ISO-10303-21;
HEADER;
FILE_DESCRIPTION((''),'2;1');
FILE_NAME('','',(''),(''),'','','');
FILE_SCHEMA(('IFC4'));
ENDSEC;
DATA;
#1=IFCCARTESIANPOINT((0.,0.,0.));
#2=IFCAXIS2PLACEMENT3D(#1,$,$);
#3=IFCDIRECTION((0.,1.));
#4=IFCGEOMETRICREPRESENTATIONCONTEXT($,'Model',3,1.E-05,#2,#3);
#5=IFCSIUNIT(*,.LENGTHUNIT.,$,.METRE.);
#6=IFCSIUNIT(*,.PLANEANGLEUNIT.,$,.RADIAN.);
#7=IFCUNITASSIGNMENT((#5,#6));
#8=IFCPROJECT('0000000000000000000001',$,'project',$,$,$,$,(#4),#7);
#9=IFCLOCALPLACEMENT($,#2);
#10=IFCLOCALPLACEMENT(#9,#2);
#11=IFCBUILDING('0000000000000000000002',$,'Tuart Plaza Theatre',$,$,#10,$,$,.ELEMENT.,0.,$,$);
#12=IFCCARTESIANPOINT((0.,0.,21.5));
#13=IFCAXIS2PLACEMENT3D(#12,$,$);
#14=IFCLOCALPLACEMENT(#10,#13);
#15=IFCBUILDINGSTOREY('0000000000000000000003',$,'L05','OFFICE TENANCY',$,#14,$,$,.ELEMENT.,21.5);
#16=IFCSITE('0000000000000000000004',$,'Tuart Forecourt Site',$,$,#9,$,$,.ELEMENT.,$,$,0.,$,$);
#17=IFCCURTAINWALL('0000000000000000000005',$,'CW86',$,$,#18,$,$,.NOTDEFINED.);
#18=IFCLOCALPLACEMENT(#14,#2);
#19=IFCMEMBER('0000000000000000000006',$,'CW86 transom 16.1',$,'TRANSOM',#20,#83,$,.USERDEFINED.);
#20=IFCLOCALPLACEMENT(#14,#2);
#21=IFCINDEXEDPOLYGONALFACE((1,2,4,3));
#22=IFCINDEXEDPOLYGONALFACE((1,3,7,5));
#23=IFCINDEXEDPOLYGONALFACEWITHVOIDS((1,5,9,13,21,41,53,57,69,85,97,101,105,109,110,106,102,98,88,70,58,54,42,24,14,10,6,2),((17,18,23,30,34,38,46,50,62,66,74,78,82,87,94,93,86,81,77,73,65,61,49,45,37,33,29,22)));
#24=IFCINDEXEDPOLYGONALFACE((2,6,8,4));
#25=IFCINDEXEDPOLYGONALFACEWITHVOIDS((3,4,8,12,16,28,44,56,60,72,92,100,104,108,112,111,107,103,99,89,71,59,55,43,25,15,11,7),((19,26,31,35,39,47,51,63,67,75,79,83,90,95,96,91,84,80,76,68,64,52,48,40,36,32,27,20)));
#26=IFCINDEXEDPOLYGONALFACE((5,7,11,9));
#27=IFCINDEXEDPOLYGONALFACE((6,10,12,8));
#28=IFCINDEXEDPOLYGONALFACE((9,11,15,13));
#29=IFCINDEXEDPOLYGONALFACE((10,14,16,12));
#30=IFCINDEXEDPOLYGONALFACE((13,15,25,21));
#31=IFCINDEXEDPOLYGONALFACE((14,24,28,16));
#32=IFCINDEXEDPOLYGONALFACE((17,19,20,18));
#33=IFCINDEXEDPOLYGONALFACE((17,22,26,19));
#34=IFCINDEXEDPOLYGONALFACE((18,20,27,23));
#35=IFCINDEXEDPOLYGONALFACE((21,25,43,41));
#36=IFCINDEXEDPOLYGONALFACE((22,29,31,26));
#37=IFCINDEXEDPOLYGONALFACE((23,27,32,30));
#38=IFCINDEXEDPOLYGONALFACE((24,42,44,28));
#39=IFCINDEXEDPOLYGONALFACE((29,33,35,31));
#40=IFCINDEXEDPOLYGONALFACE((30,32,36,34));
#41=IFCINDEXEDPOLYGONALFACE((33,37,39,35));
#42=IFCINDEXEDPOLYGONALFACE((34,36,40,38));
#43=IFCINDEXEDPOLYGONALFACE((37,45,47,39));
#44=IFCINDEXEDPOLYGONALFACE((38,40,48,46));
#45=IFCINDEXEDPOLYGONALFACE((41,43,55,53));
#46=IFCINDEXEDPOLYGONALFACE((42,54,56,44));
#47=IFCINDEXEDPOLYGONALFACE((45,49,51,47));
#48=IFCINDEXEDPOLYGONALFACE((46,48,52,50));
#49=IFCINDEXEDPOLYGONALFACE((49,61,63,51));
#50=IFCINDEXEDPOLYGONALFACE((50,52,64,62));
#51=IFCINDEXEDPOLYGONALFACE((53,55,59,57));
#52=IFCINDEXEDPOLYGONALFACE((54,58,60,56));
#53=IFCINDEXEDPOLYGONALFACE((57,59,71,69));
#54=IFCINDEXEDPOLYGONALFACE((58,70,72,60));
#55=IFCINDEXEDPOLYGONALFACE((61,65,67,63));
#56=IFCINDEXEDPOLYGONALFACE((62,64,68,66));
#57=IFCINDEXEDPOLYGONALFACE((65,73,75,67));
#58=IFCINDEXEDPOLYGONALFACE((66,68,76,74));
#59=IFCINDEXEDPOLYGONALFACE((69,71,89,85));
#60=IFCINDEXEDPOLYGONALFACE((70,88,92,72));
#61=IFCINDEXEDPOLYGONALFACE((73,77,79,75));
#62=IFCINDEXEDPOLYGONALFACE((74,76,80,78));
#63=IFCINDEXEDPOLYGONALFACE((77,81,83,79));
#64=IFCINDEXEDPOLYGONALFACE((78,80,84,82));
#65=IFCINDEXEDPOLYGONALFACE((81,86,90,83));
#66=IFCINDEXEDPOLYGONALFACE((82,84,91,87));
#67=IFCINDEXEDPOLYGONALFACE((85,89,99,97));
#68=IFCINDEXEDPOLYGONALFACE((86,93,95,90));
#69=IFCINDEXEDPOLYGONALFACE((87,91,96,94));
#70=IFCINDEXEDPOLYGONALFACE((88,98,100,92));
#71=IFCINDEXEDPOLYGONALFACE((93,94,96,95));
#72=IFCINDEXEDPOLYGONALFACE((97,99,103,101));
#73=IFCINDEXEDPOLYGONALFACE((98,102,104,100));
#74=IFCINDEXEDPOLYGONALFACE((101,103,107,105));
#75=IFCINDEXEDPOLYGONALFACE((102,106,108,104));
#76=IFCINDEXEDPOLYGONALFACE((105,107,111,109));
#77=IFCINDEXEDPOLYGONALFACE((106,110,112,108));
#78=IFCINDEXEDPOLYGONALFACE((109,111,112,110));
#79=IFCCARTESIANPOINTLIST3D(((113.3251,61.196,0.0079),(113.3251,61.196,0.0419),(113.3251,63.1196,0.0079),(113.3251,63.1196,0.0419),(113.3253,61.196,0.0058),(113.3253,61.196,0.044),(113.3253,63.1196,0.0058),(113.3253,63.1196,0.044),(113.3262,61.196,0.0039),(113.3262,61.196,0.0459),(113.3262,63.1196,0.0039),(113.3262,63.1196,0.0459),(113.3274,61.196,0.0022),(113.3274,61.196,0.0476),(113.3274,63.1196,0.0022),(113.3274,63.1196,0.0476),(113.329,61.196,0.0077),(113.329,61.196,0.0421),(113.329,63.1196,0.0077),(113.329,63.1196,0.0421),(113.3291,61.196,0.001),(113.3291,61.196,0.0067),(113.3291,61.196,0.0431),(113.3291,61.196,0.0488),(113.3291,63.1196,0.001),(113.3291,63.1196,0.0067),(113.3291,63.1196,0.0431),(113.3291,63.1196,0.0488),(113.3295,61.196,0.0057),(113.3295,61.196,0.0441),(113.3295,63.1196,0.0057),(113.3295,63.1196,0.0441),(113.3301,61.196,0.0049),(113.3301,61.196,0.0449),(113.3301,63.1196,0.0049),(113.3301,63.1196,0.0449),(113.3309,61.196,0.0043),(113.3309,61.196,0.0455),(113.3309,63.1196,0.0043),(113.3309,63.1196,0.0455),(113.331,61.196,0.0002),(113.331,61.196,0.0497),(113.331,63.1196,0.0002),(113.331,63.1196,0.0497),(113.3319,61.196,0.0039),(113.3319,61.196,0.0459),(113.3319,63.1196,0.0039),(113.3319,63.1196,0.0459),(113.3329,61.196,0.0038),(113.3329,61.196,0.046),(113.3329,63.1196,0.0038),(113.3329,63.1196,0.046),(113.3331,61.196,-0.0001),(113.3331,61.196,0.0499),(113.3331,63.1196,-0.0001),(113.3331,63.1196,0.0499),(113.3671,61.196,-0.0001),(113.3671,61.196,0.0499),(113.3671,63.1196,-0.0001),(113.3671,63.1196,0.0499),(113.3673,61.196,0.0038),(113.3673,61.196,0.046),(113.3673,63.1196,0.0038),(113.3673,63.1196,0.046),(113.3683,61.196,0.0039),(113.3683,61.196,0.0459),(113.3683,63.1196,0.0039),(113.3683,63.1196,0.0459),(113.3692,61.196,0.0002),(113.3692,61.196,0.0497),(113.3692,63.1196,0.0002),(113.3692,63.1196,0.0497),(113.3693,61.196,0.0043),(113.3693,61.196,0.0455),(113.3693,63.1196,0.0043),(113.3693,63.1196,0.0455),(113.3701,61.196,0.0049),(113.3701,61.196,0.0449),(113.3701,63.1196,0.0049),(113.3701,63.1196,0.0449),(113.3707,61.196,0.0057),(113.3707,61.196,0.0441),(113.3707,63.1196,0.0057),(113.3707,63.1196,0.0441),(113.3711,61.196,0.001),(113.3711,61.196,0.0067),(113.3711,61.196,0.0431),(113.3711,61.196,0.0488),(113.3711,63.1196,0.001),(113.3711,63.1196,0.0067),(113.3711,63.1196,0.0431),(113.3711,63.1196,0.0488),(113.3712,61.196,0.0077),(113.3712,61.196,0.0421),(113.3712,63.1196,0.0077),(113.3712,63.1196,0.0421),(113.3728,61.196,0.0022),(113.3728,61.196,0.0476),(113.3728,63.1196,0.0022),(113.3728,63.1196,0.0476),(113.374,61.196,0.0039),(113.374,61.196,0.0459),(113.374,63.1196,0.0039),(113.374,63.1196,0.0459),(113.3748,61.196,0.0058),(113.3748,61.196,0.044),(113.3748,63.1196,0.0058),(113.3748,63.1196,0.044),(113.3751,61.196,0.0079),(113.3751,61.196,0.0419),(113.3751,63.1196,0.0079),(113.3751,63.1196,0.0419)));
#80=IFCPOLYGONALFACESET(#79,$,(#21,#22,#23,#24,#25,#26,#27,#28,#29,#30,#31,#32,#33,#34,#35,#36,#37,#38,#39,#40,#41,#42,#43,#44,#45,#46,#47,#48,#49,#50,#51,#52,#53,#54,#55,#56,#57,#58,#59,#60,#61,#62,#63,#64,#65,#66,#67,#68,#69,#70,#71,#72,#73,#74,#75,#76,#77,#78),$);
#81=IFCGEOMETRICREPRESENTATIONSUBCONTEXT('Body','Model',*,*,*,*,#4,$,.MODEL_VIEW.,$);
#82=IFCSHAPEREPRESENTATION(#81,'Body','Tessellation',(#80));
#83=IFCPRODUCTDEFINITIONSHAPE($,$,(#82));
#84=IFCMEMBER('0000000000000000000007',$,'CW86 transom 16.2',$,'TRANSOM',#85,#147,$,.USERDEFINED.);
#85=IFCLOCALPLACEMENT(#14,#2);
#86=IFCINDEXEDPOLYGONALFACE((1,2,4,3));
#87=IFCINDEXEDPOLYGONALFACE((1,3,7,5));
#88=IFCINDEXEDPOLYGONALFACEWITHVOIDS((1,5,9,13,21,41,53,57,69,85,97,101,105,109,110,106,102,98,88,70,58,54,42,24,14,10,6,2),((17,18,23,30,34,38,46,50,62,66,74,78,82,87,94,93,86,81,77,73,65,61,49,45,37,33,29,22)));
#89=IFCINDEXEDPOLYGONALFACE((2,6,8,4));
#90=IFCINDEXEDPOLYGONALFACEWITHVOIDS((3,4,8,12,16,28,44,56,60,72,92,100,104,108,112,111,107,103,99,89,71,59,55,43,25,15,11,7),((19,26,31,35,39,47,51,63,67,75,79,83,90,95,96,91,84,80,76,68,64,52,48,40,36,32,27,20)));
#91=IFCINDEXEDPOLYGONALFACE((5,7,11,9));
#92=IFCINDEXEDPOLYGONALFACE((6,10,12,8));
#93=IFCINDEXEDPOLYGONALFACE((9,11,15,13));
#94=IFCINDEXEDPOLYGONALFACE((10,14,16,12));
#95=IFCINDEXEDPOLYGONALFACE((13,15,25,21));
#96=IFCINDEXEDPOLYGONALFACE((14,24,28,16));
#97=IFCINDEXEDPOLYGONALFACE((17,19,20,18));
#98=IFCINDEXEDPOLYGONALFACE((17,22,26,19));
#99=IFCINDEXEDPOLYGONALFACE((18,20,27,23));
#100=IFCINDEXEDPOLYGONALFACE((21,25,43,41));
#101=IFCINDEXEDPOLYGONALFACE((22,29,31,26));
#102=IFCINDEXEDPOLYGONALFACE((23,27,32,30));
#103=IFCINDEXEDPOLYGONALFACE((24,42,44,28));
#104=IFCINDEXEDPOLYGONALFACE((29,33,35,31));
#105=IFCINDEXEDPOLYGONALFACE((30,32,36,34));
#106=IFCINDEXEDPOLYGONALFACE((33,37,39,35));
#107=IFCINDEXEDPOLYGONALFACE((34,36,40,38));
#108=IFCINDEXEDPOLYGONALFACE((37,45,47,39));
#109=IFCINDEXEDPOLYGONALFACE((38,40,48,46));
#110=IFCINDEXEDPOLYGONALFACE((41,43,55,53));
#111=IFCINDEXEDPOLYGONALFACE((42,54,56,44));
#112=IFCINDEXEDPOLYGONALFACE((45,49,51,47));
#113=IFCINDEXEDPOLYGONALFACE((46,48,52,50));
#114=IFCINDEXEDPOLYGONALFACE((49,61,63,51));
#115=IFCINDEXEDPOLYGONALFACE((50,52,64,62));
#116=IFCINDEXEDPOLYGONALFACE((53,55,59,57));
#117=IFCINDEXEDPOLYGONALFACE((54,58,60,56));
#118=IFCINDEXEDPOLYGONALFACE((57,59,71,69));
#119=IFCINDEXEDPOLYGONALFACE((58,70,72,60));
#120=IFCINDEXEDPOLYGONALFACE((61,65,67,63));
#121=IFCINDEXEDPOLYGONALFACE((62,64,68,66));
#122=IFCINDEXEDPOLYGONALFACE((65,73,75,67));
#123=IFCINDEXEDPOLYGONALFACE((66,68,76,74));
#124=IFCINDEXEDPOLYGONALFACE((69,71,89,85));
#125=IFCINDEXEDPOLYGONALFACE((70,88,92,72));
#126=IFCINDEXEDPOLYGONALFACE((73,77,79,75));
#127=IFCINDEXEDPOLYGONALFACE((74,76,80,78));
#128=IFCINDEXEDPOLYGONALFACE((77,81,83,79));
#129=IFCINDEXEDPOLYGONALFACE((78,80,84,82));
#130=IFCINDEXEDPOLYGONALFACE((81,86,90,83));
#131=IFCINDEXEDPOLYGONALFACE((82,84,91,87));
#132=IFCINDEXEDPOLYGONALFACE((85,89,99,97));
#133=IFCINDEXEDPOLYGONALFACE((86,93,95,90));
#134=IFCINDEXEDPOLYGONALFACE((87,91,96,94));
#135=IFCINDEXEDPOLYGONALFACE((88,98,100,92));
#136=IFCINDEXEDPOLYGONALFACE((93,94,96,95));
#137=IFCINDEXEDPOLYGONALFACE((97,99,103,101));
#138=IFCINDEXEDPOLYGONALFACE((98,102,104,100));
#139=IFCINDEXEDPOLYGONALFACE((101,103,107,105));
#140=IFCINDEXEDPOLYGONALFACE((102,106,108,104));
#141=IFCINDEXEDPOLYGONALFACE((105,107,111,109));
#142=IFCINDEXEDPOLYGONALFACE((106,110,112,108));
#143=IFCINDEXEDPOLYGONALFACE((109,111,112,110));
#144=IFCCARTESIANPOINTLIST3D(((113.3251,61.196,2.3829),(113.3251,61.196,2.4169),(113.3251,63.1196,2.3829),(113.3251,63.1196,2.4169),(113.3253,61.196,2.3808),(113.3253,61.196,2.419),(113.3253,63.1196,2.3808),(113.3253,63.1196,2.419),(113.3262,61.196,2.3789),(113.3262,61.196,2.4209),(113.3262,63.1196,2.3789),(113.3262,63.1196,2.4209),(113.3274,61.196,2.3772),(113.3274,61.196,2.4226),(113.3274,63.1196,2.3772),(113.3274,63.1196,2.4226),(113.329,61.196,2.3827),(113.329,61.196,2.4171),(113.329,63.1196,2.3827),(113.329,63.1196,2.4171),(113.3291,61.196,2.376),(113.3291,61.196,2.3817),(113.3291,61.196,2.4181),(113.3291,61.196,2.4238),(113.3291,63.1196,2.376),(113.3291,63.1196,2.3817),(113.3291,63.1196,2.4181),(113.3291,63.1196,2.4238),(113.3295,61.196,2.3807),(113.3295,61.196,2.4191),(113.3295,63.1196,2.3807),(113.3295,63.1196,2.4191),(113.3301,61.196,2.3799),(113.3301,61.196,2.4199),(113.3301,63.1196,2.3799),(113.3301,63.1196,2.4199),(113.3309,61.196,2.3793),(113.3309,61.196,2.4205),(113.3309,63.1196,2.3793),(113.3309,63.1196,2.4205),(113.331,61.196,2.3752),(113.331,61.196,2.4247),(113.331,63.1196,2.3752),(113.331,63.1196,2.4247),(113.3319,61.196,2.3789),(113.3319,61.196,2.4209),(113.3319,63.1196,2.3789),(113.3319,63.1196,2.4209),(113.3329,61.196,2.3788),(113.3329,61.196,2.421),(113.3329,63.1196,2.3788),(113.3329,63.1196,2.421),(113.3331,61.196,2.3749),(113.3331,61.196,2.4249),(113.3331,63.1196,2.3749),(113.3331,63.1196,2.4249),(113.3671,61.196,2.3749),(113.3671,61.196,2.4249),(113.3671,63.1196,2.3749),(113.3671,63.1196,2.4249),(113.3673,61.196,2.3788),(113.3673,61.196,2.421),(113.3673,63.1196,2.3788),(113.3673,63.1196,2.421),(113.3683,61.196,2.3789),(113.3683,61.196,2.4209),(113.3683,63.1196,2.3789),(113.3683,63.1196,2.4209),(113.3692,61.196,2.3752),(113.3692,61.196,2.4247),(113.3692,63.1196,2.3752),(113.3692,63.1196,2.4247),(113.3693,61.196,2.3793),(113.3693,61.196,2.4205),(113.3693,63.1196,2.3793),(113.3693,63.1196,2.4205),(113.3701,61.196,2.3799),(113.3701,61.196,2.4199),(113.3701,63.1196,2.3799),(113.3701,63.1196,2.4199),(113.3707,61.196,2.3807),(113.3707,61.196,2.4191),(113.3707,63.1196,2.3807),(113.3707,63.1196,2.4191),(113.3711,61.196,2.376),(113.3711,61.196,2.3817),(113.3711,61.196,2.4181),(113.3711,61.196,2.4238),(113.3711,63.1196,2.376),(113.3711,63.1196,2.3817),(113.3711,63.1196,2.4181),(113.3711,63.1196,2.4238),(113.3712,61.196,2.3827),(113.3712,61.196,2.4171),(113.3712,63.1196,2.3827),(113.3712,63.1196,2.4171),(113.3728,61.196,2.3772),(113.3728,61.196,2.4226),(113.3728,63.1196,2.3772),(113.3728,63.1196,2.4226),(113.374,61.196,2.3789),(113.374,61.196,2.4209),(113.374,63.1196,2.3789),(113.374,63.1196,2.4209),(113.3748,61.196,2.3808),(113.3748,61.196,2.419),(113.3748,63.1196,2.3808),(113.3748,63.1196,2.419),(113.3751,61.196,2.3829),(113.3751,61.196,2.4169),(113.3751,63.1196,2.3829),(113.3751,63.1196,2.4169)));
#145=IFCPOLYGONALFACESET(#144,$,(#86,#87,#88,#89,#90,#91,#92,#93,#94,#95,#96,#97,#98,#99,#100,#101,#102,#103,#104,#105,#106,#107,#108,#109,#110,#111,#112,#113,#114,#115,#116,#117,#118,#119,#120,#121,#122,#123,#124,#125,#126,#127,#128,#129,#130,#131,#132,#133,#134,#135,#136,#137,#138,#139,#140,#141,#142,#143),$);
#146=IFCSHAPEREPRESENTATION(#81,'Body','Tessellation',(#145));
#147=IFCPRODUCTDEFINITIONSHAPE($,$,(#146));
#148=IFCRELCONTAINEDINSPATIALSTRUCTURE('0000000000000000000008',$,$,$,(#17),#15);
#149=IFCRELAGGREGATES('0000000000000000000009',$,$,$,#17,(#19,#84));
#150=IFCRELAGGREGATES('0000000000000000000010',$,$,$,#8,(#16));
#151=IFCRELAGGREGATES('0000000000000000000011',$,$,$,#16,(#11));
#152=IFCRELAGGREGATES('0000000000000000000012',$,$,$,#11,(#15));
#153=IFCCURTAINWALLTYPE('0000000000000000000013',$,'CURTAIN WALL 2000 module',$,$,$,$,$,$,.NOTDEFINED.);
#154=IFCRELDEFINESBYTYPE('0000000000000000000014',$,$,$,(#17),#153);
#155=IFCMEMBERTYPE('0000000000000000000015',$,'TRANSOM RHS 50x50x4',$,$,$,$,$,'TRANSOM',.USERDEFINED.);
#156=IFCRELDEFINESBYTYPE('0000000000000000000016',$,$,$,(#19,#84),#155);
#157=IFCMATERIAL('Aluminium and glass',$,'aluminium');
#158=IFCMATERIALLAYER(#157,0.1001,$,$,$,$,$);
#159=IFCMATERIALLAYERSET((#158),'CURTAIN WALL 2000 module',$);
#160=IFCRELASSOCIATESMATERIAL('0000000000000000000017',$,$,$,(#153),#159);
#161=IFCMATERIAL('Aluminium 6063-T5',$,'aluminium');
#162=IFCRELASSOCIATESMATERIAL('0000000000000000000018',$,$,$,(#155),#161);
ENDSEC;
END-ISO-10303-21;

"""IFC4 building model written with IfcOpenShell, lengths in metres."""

from ifc_helpers import new_model, si_unit, direction, frame, origin, origin_2d, place, context, subcontext, project, spatial, hollow_rectangle, extrude, material, layer, layer_set, material_profile, profile_set, type_object, element, aggregate, save


model = new_model("IFC4")

# Units and contexts
model_context = context("Model", 3, precision=1e-05, world=origin(), true_north=direction((0.0, 1.0)))
body_context = subcontext(model_context, "Body", "Model", "MODEL_VIEW")
ifc_project = project(units=[si_unit("LENGTHUNIT", "METRE"), si_unit("PLANEANGLEUNIT", "RADIAN")], contexts=[model_context])

# Site, building, storey
site_placement = place(None, origin())
site = spatial("IfcSite", under=ifc_project, at=site_placement, Name="Tuart Forecourt Site", CompositionType="ELEMENT", RefElevation=0.0)
building_placement = place(site_placement, origin())
building = spatial("IfcBuilding", under=site, at=building_placement, Name="Tuart Plaza Theatre", CompositionType="ELEMENT", ElevationOfRefHeight=0.0)
storey_placement = place(building_placement, frame((0.0, 0.0, 21.5)))
storey = spatial("IfcBuildingStorey", under=building, at=storey_placement, Name="L05", Description="OFFICE TENANCY", CompositionType="ELEMENT", Elevation=21.5)

# Curtain wall, members
ifc_material_1 = material(Name="Aluminium and glass", Category="aluminium")
ifc_layer_1 = layer(ifc_material_1, 0.1001)
ifc_layer_set_1 = layer_set([ifc_layer_1], Name="CURTAIN WALL 2000 module")
curtain_wall_type = type_object("IfcCurtainWallType", Name="CURTAIN WALL 2000 module", PredefinedType="NOTDEFINED", material=ifc_layer_set_1)
curtain_wall_placement = place(storey_placement, origin())
curtain_wall = element("IfcCurtainWall", 1, at=curtain_wall_placement, inside=storey, type_object=curtain_wall_type, Name="CW86", PredefinedType="NOTDEFINED")
ifc_material_2 = material(Name="Aluminium 6063-T5", Category="aluminium")
ifc_material_profile_1 = material_profile(ifc_material_2, hollow_rectangle(XDim=0.05, YDim=0.05, WallThickness=0.0039, InnerFilletRadius=0.0039, OuterFilletRadius=0.0081, at=origin_2d()), Name="RHS 50x50x4")
ifc_profile_set_1 = profile_set([ifc_material_profile_1], Name="Aluminium 6063-T5")
member_type_1 = type_object("IfcMemberType", Name="TRANSOM RHS 50x50x4", ElementType="TRANSOM", PredefinedType="USERDEFINED", material=ifc_profile_set_1)
member_1_placement = place(storey_placement, frame((113.3501, 63.1196, 0.0249), z_axis=(0.0, -1.0, 0.0), x_axis=(1.0, 0.0, 0.0)))
member_1 = element("IfcMember", 2, at=member_1_placement, type_object=member_type_1, Name="CW86 transom 16.1", ObjectType="TRANSOM", PredefinedType="USERDEFINED", context=body_context, shape_type="SweptSolid", body=[
    extrude(hollow_rectangle(XDim=0.05, YDim=0.05, WallThickness=0.0039, InnerFilletRadius=0.0039, OuterFilletRadius=0.0081, at=origin_2d()), origin(), (0.0, 0.0, 1.0), 1.9236),
])
member_2_placement = place(storey_placement, frame((113.3501, 63.1196, 2.3999), z_axis=(0.0, -1.0, 0.0), x_axis=(1.0, 0.0, 0.0)))
member_2 = element("IfcMember", 3, at=member_2_placement, type_object=member_type_1, Name="CW86 transom 16.2", ObjectType="TRANSOM", PredefinedType="USERDEFINED", context=body_context, shape_type="SweptSolid", body=[
    extrude(hollow_rectangle(XDim=0.05, YDim=0.05, WallThickness=0.0039, InnerFilletRadius=0.0039, OuterFilletRadius=0.0081, at=origin_2d()), origin(), (0.0, 0.0, 1.0), 1.9236),
])
aggregate(curtain_wall, [member_1, member_2])

save(model, "model.ifc")
